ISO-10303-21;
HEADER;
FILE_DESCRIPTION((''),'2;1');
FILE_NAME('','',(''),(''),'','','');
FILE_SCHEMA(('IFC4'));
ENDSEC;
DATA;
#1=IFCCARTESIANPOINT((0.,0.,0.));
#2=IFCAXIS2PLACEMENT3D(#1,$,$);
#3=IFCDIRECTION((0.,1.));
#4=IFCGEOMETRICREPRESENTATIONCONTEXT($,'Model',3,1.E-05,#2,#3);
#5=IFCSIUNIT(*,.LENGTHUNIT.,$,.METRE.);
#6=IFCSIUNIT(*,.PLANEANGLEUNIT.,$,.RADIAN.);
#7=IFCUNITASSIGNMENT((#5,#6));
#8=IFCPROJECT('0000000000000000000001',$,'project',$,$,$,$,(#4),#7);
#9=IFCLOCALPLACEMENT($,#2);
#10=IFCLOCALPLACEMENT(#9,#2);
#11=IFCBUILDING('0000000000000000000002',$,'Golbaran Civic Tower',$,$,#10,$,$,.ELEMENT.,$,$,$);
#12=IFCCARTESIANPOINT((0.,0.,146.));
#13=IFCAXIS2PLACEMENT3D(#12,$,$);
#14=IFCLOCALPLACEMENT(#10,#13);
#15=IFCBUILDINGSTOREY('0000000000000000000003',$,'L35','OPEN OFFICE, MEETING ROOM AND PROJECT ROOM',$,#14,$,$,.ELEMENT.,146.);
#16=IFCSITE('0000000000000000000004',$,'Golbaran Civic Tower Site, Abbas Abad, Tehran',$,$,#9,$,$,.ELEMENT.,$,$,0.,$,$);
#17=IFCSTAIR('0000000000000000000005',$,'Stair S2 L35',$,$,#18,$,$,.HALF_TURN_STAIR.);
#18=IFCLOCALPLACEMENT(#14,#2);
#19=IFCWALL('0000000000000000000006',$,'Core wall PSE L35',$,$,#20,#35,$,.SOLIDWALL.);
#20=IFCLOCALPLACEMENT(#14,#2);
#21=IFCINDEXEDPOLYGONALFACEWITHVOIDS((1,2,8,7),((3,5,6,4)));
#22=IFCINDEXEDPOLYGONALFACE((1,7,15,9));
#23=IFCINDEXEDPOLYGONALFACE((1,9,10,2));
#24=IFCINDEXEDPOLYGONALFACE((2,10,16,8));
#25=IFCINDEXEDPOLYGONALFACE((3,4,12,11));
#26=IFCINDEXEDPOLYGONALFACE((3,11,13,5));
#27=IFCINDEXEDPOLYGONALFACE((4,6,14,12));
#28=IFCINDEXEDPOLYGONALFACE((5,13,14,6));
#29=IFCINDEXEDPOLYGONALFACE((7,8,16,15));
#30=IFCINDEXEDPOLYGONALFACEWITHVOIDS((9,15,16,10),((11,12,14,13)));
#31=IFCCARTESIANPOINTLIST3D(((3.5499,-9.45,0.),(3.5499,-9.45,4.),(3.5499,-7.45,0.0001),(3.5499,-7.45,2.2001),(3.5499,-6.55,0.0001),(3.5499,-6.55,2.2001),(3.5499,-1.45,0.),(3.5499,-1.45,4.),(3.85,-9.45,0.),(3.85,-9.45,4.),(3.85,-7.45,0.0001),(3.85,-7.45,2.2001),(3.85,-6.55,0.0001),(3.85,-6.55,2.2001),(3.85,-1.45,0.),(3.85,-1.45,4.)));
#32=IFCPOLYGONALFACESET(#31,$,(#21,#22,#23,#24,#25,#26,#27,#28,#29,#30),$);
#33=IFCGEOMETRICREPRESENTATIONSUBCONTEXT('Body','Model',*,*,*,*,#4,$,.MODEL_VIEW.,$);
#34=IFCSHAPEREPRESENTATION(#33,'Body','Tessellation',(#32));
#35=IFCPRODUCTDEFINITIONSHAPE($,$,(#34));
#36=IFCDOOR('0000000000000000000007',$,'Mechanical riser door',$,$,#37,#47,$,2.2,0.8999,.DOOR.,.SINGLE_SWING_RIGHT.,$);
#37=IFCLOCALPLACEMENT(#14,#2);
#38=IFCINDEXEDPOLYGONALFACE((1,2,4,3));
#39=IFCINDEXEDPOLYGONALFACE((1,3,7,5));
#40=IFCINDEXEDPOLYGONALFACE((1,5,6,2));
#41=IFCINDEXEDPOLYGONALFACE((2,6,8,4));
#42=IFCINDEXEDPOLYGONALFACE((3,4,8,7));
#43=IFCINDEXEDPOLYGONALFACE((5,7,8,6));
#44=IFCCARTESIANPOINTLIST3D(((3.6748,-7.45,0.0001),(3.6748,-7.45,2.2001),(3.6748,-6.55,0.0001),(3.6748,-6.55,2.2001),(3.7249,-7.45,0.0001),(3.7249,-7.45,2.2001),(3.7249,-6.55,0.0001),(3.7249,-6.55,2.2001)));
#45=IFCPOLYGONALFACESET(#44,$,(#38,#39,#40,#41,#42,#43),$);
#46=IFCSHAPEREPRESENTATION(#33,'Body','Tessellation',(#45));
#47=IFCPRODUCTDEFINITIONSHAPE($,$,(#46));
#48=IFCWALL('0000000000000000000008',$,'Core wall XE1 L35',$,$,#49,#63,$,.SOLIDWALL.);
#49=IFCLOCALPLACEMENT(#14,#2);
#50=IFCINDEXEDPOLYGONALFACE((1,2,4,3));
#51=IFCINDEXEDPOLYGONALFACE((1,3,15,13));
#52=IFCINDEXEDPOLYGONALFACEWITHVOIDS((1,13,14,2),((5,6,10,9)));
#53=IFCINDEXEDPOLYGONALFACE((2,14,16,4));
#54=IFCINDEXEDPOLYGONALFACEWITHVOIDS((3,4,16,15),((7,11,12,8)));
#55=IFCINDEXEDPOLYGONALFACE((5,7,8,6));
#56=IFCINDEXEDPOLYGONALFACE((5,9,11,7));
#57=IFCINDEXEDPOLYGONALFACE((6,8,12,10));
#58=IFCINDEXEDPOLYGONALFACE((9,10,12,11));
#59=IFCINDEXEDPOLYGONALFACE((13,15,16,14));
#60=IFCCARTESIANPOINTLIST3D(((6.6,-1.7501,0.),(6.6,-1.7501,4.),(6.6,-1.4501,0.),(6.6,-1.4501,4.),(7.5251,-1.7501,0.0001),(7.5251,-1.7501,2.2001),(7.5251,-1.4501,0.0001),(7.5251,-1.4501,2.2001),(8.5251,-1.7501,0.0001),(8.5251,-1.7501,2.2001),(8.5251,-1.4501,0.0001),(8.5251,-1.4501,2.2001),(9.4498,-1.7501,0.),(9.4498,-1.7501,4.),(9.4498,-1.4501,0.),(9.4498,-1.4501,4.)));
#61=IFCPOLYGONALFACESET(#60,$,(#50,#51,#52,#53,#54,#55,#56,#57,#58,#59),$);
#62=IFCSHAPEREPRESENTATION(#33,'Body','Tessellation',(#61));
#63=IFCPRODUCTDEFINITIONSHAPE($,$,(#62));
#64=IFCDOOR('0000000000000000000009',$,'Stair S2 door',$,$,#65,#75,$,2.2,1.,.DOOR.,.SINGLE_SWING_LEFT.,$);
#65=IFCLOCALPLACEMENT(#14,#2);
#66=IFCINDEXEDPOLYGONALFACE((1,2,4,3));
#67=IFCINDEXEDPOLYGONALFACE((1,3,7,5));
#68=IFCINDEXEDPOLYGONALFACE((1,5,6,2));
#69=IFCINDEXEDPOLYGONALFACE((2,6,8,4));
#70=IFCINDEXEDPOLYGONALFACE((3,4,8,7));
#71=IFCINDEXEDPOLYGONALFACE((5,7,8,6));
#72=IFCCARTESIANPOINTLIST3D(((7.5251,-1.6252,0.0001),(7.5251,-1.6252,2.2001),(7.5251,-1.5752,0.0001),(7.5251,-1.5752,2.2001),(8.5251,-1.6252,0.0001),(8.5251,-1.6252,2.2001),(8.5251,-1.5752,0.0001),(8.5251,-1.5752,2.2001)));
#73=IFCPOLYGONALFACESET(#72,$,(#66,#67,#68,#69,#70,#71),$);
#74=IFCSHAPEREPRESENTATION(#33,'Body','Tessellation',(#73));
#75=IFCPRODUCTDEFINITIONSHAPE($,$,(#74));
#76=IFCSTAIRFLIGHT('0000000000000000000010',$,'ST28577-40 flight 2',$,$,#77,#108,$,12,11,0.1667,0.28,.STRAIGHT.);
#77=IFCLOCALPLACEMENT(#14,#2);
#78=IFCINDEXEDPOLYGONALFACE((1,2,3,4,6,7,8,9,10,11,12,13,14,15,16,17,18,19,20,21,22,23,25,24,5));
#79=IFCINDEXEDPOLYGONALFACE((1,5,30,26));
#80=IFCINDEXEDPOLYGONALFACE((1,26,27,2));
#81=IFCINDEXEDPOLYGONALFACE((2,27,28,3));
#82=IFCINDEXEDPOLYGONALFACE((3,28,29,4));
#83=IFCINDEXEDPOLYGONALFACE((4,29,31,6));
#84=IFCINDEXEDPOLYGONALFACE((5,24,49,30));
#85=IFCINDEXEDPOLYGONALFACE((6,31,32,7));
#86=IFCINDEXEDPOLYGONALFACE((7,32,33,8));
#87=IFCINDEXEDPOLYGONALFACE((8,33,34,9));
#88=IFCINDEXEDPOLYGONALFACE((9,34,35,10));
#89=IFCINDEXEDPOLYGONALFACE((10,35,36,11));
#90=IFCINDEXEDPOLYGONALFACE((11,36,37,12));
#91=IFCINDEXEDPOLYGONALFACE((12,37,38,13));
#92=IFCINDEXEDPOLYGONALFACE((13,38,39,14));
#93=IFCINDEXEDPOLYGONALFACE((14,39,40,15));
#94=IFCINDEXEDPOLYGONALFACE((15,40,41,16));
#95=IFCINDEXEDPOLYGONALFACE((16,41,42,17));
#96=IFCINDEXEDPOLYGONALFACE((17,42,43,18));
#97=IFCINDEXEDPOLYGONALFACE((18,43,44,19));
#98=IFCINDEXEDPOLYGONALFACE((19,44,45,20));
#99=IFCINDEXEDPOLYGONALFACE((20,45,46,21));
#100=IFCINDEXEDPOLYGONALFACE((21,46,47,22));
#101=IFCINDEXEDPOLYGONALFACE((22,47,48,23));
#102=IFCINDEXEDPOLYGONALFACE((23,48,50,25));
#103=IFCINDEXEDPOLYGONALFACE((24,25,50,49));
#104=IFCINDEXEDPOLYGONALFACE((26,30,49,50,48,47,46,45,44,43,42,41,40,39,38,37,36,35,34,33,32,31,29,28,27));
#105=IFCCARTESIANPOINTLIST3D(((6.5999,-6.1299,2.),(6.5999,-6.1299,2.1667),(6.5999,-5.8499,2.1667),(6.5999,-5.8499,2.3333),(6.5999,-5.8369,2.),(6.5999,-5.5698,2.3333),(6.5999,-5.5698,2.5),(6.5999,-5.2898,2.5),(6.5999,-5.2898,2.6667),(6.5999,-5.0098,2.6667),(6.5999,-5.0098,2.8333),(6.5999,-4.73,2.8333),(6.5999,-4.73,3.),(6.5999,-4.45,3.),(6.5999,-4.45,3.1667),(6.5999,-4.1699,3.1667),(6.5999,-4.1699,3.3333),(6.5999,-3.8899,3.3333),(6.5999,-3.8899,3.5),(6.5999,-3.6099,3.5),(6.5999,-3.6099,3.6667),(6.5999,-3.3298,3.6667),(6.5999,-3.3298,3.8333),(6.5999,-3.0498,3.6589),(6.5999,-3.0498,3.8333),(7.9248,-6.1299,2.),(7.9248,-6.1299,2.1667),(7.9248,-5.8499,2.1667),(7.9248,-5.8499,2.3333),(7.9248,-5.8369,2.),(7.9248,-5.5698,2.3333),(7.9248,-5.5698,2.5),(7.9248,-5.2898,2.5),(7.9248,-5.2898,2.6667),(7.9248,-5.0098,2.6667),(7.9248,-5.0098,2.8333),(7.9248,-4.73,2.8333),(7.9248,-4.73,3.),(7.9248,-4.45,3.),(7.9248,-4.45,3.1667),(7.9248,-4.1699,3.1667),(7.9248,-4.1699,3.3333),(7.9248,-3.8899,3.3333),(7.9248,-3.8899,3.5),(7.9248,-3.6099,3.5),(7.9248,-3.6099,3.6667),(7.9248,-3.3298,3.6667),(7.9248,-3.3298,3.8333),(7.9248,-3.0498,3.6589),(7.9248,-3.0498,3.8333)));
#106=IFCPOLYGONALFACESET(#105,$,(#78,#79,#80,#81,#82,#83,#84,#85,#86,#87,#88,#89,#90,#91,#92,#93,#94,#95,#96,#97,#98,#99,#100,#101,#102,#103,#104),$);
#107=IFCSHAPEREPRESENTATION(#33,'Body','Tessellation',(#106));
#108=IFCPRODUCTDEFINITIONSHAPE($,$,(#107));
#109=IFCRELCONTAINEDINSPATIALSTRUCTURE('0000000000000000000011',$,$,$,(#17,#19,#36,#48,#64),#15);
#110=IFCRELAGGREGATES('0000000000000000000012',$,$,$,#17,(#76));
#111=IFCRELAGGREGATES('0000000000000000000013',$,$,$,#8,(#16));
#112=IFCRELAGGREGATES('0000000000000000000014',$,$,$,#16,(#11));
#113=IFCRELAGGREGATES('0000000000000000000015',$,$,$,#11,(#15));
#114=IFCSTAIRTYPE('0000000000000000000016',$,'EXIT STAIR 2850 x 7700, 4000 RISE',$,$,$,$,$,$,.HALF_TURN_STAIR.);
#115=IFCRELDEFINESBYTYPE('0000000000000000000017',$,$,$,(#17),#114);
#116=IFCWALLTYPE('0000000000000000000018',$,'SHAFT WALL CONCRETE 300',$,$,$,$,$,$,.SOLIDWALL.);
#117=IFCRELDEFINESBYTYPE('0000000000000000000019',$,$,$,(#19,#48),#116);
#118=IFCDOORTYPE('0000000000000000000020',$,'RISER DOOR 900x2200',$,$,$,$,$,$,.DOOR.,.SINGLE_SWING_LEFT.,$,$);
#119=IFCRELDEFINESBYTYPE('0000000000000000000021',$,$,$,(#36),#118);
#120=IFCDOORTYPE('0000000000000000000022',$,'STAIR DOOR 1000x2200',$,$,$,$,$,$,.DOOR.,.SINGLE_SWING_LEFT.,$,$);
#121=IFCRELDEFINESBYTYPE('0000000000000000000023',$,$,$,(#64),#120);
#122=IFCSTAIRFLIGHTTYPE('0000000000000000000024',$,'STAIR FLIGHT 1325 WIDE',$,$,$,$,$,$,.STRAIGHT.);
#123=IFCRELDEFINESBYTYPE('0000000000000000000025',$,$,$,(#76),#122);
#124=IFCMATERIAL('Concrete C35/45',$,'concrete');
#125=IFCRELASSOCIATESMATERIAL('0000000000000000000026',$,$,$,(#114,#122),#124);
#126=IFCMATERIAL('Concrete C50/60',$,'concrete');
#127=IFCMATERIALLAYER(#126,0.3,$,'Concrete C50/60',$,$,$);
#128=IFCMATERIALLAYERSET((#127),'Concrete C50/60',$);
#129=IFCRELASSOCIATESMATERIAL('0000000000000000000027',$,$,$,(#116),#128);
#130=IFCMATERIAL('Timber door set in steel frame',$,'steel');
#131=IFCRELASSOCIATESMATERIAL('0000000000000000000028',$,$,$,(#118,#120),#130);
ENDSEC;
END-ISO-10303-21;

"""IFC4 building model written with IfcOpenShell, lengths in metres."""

from ifc_helpers import new_model, si_unit, direction, frame, frame_2d, origin, place, context, subcontext, project, spatial, polyline, rectangle, outline, extrude, material, layer, layer_set, type_object, element, fill, aggregate, save


model = new_model("IFC4")

# Units and contexts
model_context = context("Model", 3, precision=1e-05, world=origin(), true_north=direction((0.0, 1.0)))
body_context = subcontext(model_context, "Body", "Model", "MODEL_VIEW")
ifc_project = project(units=[si_unit("LENGTHUNIT", "METRE"), si_unit("PLANEANGLEUNIT", "RADIAN")], contexts=[model_context])

# Site, building, storey
site_placement = place(None, origin())
site = spatial("IfcSite", under=ifc_project, at=site_placement, Name="Golbaran Civic Tower Site, Abbas Abad, Tehran", CompositionType="ELEMENT", RefElevation=0.0)
building_placement = place(site_placement, origin())
building = spatial("IfcBuilding", under=site, at=building_placement, Name="Golbaran Civic Tower", CompositionType="ELEMENT")
storey_placement = place(building_placement, frame((0.0, 0.0, 146.0)))
storey = spatial("IfcBuildingStorey", under=building, at=storey_placement, Name="L35", Description="OPEN OFFICE, MEETING ROOM AND PROJECT ROOM", CompositionType="ELEMENT", Elevation=146.0)

# Shared definitions
ifc_material_1 = material(Name="Concrete C35/45", Category="concrete")

# Shared definitions
stair_type = type_object("IfcStairType", Name="EXIT STAIR 2850 x 7700, 4000 RISE", PredefinedType="HALF_TURN_STAIR", material=ifc_material_1)

# Stair
stair_1_placement = place(storey_placement, origin())
stair_1 = element("IfcStair", 1, at=stair_1_placement, inside=storey, type_object=stair_type, Name="Stair S2 L35", PredefinedType="HALF_TURN_STAIR")

# Shared definitions
ifc_material_2 = material(Name="Timber door set in steel frame", Category="steel")

# Shared definitions
ifc_material_3 = material(Name="Concrete C50/60", Category="concrete")
ifc_layer_1 = layer(ifc_material_3, 0.3, Name="Concrete C50/60")
ifc_layer_set_1 = layer_set([ifc_layer_1], Name="Concrete C50/60")
wall_type_1 = type_object("IfcWallType", Name="SHAFT WALL CONCRETE 300", PredefinedType="SOLIDWALL", material=ifc_layer_set_1)

# Shared definitions
door_type_1 = type_object("IfcDoorType", Name="RISER DOOR 900x2200", OperationType="SINGLE_SWING_LEFT", PredefinedType="DOOR", material=ifc_material_2)
door_type_2 = type_object("IfcDoorType", Name="STAIR DOOR 1000x2200", OperationType="SINGLE_SWING_LEFT", PredefinedType="DOOR", material=ifc_material_2)

# Walls, openings, doors
wall_1_placement = place(storey_placement, frame((3.7, -1.45, 0.0), z_axis=(0.0, 0.0, 1.0), x_axis=(0.0, -1.0, 0.0)))
wall_1 = element("IfcWall", 2, at=wall_1_placement, inside=storey, type_object=wall_type_1, Name="Core wall PSE L35", PredefinedType="SOLIDWALL", context=body_context, shape_type="SweptSolid", body=[
    extrude(rectangle(XDim=8.0, YDim=0.3, at=frame_2d((4.0, 0.0))), origin(), (0.0, 0.0, 1.0), 4.0),
])
opening_1_placement = place(wall_1_placement, frame((5.1001, 0.0, 0.0)))
opening_1 = element("IfcOpeningElement", 3, at=opening_1_placement, cuts=wall_1, PredefinedType="OPENING", context=body_context, shape_type="SweptSolid", body=[
    extrude(rectangle(XDim=0.8999, YDim=2.2, at=frame_2d((0.45, 1.1001))), frame((0.0, 0.1599, 0.0), z_axis=(0.0, -1.0, 0.0), x_axis=(1.0, 0.0, 0.0)), (0.0, 0.0, 1.0), 0.3201),
])
door_1_placement = place(opening_1_placement, origin())
door_1 = element("IfcDoor", 4, at=door_1_placement, inside=storey, type_object=door_type_1, Name="Mechanical riser door", OperationType="SINGLE_SWING_RIGHT", OverallHeight=2.2, OverallWidth=0.8999, PredefinedType="DOOR", context=body_context, shape_type="SweptSolid", body=[
    extrude(rectangle(XDim=0.8999, YDim=2.2, at=frame_2d((0.45, 1.1001))), frame((0.0, 0.0249, 0.0), z_axis=(0.0, -1.0, 0.0), x_axis=(1.0, 0.0, 0.0)), (0.0, 0.0, 1.0), 0.05),
])
fill(opening_1, door_1)
wall_2_placement = place(storey_placement, frame((6.6001, -1.6001, 0.0), z_axis=(0.0, 0.0, 1.0), x_axis=(1.0, 0.0, 0.0)))
wall_2 = element("IfcWall", 5, at=wall_2_placement, inside=storey, type_object=wall_type_1, Name="Core wall XE1 L35", PredefinedType="SOLIDWALL", context=body_context, shape_type="SweptSolid", body=[
    extrude(rectangle(XDim=2.8499, YDim=0.3, at=frame_2d((1.4248, 0.0))), origin(), (0.0, 0.0, 1.0), 4.0),
])
opening_2_placement = place(wall_2_placement, frame((0.925, 0.0, 0.0)))
opening_2 = element("IfcOpeningElement", 6, at=opening_2_placement, cuts=wall_2, PredefinedType="OPENING", context=body_context, shape_type="SweptSolid", body=[
    extrude(rectangle(XDim=1.0, YDim=2.2, at=frame_2d((0.5, 1.1001))), frame((0.0, 0.1599, 0.0), z_axis=(0.0, -1.0, 0.0), x_axis=(1.0, 0.0, 0.0)), (0.0, 0.0, 1.0), 0.3201),
])
door_2_placement = place(opening_2_placement, origin())
door_2 = element("IfcDoor", 7, at=door_2_placement, inside=storey, type_object=door_type_2, Name="Stair S2 door", OperationType="SINGLE_SWING_LEFT", OverallHeight=2.2, OverallWidth=1.0, PredefinedType="DOOR", context=body_context, shape_type="SweptSolid", body=[
    extrude(rectangle(XDim=1.0, YDim=2.2, at=frame_2d((0.5, 1.1001))), frame((0.0, 0.0249, 0.0), z_axis=(0.0, -1.0, 0.0), x_axis=(1.0, 0.0, 0.0)), (0.0, 0.0, 1.0), 0.05),
])
fill(opening_2, door_2)

# Stair flight
stair_flight_type = type_object("IfcStairFlightType", Name="STAIR FLIGHT 1325 WIDE", PredefinedType="STRAIGHT", material=ifc_material_1)
stair_flight_placement = place(storey_placement, frame((7.2625, -6.1299, 2.0), z_axis=(0.0, 0.0, 1.0), x_axis=(0.0, 1.0, 0.0)))
stair_flight = element("IfcStairFlight", 8, at=stair_flight_placement, type_object=stair_flight_type, Name="ST28577-40 flight 2", NumberOfRisers=12, NumberOfTreads=11, PredefinedType="STRAIGHT", RiserHeight=0.1667, TreadLength=0.28, context=body_context, shape_type="SweptSolid", body=[
    extrude(outline(polyline([(0.0, 0.0), (0.0, 0.1667), (0.28, 0.1667), (0.28, 0.3333), (0.5601, 0.3333), (0.5601, 0.5), (0.8401, 0.5), (0.8401, 0.6667), (1.1201, 0.6667), (1.1201, 0.8333), (1.3999, 0.8333), (1.3999, 1.0), (1.6799, 1.0), (1.6799, 1.1667), (1.96, 1.1667), (1.96, 1.3333), (2.24, 1.3333), (2.24, 1.5), (2.52, 1.5), (2.52, 1.6667), (2.8, 1.6667), (2.8, 1.8333), (3.0801, 1.8333), (3.0801, 2.0), (3.0801, 1.6589), (0.293, 0.0), (0.0, 0.0)])), frame((0.0, 0.6626, 0.0), z_axis=(0.0, -1.0, 0.0), x_axis=(1.0, 0.0, 0.0)), (0.0, 0.0, 1.0), 1.325),
])
aggregate(stair_1, [stair_flight])

save(model, "model.ifc")
